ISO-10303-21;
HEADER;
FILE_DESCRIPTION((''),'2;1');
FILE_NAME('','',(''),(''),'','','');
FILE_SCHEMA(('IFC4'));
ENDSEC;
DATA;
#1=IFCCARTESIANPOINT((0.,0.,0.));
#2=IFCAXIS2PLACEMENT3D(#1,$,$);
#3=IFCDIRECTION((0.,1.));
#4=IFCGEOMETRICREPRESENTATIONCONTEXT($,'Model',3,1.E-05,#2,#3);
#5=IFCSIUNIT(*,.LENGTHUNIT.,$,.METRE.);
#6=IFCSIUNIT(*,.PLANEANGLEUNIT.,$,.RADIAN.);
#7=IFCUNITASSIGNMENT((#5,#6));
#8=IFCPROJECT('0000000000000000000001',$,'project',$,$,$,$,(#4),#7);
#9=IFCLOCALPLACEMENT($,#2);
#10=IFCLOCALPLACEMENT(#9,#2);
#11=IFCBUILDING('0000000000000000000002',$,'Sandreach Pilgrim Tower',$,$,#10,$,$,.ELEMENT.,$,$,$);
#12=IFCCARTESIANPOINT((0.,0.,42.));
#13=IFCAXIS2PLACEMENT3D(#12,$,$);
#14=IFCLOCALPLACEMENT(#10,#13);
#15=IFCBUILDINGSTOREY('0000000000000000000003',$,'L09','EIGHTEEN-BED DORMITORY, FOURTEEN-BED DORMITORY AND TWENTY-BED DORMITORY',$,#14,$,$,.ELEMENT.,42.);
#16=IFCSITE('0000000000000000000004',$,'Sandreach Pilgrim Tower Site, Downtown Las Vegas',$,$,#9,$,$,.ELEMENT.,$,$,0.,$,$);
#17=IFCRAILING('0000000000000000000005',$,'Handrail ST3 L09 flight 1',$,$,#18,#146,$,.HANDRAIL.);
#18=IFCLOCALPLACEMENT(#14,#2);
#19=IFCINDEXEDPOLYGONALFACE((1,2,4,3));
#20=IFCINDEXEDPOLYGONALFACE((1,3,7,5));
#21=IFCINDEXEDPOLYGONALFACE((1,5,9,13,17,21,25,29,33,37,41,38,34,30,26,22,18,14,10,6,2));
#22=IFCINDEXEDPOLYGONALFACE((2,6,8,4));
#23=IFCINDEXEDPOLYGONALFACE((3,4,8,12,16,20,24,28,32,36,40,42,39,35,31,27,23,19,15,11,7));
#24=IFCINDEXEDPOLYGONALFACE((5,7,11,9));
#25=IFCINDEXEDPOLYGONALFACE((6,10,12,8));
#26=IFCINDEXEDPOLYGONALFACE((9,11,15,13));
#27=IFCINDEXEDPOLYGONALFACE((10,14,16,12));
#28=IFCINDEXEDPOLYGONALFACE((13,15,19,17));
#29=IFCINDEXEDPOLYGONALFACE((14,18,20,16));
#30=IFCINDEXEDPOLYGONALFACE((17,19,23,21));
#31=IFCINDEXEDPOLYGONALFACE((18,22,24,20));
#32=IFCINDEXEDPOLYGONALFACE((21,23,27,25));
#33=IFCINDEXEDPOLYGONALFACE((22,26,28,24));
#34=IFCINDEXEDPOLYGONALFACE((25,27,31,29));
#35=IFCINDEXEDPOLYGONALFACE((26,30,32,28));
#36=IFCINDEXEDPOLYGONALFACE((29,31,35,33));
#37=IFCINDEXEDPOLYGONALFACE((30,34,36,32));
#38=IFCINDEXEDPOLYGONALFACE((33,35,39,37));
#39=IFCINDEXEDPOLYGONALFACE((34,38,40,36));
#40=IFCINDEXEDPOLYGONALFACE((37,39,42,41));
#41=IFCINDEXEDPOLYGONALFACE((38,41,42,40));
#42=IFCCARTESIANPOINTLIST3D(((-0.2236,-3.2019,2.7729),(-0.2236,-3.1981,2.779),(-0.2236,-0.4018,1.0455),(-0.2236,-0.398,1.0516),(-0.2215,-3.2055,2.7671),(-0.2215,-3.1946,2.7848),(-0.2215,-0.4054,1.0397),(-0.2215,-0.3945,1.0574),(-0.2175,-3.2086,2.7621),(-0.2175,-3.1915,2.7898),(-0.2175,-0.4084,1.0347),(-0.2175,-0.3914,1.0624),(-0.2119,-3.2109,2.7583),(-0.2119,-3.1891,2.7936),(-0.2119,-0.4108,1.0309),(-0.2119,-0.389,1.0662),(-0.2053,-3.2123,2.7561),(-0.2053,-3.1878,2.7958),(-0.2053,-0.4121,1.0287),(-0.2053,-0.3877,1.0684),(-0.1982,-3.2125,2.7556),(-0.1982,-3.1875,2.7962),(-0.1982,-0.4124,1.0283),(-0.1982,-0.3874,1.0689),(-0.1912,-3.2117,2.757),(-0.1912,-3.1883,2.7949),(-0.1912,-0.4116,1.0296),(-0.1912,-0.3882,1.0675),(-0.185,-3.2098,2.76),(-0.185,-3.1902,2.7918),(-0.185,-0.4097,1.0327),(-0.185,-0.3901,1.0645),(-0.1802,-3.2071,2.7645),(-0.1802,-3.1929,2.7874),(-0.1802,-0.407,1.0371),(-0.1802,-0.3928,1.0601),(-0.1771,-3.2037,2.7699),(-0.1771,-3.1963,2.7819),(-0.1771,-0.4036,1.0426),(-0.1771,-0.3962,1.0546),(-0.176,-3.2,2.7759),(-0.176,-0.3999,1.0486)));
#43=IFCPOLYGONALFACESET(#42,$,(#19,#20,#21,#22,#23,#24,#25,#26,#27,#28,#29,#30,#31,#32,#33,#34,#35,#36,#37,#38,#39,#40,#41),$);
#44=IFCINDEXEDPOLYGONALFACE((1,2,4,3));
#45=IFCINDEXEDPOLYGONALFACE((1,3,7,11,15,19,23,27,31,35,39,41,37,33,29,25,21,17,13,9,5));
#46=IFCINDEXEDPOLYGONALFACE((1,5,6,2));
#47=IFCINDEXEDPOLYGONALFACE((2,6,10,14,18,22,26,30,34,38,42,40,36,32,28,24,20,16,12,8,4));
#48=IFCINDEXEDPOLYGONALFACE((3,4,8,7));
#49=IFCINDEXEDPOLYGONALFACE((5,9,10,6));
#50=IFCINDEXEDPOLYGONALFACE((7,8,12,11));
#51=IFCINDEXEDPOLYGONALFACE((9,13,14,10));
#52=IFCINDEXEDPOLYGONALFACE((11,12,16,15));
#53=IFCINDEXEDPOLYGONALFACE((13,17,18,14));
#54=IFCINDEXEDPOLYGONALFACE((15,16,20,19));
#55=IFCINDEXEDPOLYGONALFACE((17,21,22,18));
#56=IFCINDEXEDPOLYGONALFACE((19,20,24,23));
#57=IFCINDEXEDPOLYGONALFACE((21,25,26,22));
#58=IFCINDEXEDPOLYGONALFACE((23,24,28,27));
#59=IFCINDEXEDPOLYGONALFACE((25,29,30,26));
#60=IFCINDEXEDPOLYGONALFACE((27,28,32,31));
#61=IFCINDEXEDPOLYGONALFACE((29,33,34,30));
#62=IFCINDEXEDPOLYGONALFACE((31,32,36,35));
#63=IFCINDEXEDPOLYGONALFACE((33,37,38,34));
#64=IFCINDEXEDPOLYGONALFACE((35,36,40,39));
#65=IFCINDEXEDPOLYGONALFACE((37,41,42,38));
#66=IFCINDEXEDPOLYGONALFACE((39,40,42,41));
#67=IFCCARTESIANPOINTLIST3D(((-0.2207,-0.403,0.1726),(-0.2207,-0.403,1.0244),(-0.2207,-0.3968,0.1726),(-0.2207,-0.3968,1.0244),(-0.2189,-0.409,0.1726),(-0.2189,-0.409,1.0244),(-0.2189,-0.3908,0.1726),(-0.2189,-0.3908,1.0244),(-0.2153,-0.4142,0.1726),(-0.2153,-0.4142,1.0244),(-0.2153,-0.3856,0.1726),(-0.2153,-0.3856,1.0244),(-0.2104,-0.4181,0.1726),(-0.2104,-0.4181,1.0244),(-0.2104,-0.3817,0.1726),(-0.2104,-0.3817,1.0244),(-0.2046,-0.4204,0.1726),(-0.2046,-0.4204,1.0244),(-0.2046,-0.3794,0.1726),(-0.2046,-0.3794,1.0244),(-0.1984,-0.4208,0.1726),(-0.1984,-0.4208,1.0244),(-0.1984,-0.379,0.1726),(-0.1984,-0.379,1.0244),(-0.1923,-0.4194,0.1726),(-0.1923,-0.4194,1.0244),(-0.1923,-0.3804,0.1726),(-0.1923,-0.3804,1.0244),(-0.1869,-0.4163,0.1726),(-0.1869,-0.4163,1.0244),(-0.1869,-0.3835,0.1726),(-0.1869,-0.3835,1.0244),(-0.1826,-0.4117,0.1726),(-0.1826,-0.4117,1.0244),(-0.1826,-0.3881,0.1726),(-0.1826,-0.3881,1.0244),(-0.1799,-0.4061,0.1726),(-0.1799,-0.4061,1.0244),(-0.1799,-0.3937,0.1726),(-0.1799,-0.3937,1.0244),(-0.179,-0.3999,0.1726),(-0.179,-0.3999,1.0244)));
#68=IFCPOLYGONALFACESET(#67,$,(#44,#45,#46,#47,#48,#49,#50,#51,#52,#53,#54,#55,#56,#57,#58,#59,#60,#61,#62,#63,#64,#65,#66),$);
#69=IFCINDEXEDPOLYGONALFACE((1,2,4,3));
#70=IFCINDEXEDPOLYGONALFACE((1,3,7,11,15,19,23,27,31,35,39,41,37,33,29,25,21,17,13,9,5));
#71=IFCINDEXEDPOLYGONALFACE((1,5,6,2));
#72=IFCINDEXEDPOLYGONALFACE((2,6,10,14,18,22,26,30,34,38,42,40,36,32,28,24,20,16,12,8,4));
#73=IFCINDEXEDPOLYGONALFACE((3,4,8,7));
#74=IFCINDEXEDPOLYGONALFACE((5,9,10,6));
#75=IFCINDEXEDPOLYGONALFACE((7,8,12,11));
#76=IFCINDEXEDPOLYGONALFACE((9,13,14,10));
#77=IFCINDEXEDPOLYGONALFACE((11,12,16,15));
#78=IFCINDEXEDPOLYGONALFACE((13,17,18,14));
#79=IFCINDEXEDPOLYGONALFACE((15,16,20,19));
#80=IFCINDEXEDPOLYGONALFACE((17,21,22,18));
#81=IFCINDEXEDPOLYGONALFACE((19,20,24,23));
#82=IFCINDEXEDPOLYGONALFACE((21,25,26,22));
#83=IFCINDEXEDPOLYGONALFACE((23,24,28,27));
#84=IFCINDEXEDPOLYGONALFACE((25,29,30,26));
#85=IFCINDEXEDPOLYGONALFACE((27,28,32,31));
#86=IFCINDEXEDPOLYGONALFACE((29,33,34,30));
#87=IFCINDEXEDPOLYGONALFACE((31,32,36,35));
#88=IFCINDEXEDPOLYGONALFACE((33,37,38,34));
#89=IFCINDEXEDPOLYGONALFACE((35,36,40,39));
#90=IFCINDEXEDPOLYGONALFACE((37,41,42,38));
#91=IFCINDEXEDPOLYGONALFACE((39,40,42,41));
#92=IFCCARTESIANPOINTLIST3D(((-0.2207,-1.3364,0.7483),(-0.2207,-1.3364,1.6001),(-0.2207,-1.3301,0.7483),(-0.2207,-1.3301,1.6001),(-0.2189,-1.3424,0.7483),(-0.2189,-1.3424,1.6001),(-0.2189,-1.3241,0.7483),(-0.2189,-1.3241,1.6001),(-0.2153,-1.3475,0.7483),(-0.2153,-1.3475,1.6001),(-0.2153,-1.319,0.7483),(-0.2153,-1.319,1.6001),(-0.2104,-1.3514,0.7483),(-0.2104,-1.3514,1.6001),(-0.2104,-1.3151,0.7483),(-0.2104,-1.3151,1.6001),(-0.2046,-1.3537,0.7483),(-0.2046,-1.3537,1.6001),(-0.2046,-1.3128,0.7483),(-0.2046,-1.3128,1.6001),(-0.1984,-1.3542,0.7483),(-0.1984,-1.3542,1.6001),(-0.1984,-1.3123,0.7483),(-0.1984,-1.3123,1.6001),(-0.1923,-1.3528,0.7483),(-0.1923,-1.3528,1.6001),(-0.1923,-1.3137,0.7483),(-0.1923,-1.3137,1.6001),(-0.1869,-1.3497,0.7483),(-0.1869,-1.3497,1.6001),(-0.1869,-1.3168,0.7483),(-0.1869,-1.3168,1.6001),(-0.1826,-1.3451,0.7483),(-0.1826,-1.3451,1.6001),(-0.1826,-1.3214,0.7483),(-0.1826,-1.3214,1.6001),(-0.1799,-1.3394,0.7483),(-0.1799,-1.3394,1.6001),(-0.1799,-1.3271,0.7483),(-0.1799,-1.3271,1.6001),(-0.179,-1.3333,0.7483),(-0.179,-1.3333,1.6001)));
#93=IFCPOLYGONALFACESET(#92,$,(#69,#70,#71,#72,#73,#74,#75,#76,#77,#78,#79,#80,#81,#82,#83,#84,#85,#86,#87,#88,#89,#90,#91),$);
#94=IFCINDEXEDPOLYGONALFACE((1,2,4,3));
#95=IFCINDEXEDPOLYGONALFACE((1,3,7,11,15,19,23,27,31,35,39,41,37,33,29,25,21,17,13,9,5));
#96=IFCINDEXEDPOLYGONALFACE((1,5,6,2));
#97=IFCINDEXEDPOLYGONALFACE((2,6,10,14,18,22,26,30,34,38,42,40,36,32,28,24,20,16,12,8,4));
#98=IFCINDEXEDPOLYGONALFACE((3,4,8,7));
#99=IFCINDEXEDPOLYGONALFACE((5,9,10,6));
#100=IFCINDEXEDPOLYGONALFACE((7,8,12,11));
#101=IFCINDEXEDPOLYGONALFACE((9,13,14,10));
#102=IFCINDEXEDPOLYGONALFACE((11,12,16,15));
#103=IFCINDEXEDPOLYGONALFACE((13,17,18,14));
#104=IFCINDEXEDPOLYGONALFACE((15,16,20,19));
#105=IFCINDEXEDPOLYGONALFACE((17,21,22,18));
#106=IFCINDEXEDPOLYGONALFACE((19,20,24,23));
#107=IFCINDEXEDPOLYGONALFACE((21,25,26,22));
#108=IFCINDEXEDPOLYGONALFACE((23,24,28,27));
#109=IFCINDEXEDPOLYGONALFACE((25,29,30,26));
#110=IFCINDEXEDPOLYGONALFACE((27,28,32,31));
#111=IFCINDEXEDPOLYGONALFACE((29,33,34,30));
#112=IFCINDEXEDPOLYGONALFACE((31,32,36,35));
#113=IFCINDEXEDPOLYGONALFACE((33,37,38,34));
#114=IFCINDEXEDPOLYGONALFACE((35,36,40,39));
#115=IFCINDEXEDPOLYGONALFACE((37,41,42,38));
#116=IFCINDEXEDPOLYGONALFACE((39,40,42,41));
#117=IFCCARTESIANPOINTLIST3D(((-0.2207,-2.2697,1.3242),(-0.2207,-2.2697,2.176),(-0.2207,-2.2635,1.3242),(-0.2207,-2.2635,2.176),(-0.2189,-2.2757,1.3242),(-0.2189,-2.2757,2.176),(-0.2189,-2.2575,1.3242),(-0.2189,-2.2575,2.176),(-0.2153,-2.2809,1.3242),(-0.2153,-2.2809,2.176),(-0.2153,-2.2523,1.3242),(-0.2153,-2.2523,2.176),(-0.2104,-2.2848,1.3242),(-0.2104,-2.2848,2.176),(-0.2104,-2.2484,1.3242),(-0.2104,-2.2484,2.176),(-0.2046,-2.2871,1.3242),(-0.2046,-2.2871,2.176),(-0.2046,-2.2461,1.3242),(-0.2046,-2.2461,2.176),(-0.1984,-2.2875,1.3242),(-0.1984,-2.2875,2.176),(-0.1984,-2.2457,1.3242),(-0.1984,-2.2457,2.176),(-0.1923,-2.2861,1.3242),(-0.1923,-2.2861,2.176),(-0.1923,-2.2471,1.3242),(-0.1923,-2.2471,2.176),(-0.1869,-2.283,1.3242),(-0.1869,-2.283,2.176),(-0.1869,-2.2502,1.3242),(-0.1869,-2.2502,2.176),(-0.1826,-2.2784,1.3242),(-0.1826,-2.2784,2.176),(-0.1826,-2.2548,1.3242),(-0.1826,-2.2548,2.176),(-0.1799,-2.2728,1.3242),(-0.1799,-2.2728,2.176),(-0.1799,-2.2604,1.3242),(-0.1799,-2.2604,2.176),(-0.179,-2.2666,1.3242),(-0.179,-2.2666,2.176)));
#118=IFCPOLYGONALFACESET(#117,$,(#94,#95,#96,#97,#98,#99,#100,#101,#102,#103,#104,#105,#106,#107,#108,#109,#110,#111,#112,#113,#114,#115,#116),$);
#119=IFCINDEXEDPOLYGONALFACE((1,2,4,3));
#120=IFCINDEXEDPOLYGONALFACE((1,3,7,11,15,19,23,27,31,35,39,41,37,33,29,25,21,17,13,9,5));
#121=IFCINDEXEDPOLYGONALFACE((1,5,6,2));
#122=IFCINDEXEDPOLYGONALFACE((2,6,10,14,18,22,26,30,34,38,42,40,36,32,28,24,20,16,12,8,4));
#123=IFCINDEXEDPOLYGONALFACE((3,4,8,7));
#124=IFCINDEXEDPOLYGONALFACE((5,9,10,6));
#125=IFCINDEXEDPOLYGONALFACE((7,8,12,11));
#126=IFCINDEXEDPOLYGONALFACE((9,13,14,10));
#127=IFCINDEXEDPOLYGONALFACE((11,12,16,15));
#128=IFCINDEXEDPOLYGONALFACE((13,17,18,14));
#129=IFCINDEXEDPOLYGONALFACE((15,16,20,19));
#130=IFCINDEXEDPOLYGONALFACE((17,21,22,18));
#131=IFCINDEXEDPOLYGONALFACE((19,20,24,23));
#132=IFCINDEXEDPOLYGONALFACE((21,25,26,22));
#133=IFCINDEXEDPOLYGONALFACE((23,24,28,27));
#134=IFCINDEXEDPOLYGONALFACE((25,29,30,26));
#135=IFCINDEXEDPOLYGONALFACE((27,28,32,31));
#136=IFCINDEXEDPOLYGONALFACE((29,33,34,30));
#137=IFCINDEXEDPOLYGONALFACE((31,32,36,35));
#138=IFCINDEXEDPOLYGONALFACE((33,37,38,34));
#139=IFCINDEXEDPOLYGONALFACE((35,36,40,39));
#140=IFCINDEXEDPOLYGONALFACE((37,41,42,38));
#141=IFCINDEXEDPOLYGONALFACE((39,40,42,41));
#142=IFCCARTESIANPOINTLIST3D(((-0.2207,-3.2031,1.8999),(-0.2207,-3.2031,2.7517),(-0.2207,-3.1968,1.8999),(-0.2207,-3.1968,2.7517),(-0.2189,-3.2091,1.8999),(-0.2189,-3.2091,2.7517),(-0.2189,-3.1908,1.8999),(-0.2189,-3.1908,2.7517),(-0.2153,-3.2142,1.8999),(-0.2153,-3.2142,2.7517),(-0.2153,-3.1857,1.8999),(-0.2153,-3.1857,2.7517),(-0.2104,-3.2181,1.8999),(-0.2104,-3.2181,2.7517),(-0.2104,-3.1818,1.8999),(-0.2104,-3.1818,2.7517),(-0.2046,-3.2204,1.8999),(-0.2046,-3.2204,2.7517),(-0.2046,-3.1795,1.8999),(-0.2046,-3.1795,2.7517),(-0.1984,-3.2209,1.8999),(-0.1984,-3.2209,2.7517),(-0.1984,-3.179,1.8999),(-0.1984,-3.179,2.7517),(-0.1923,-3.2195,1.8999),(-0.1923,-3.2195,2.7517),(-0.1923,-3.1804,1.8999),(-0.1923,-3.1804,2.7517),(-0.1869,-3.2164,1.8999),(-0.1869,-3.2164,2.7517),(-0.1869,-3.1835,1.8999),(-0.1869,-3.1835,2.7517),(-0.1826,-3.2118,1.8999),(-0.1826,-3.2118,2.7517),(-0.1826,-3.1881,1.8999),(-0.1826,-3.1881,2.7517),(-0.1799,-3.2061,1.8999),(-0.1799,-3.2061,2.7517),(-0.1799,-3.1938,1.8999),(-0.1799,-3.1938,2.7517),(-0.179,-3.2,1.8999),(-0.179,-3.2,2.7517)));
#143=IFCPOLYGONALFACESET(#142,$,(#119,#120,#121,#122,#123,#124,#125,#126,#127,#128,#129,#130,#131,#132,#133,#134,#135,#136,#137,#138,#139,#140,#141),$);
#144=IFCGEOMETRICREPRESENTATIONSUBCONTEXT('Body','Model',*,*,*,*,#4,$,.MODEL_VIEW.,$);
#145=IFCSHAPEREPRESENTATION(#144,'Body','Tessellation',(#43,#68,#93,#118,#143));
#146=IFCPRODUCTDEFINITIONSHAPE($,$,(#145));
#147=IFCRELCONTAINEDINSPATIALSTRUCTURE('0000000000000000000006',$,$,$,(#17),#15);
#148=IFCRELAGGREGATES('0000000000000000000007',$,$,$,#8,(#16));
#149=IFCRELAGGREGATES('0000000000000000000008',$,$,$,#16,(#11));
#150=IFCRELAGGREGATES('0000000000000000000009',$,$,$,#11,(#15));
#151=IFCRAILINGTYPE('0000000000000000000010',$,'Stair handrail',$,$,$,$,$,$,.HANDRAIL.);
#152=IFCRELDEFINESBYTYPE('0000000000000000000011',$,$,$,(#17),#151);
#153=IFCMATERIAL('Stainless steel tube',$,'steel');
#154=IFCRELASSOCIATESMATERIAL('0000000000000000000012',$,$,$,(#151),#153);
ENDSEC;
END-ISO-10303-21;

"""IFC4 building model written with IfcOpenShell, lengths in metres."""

from ifc_helpers import new_model, si_unit, direction, frame, origin, origin_2d, place, context, subcontext, project, spatial, circle, extrude, material, type_object, element, save


model = new_model("IFC4")

# Units and contexts
model_context = context("Model", 3, precision=1e-05, world=origin(), true_north=direction((0.0, 1.0)))
body_context = subcontext(model_context, "Body", "Model", "MODEL_VIEW")
ifc_project = project(units=[si_unit("LENGTHUNIT", "METRE"), si_unit("PLANEANGLEUNIT", "RADIAN")], contexts=[model_context])

# Site, building, storey
site_placement = place(None, origin())
site = spatial("IfcSite", under=ifc_project, at=site_placement, Name="Sandreach Pilgrim Tower Site, Downtown Las Vegas", CompositionType="ELEMENT", RefElevation=0.0)
building_placement = place(site_placement, origin())
building = spatial("IfcBuilding", under=site, at=building_placement, Name="Sandreach Pilgrim Tower", CompositionType="ELEMENT")
storey_placement = place(building_placement, frame((0.0, 0.0, 42.0)))
storey = spatial("IfcBuildingStorey", under=building, at=storey_placement, Name="L09", Description="EIGHTEEN-BED DORMITORY, FOURTEEN-BED DORMITORY AND TWENTY-BED DORMITORY", CompositionType="ELEMENT", Elevation=42.0)

# Railing
ifc_material_1 = material(Name="Stainless steel tube", Category="steel")
railing_type = type_object("IfcRailingType", Name="Stair handrail", PredefinedType="HANDRAIL", material=ifc_material_1)
for number, where, name in (
    (1, (-0.2, -0.3999, 0.1726), "Handrail ST3 L09 flight 1"),
):
    element("IfcRailing", number, at=place(storey_placement, frame(where)), inside=storey, type_object=railing_type, Name=name, PredefinedType="HANDRAIL", context=body_context, shape_type="SweptSolid", body=[
        extrude(circle(Radius=0.0239, at=origin_2d()), frame((0.0, 0.0, 0.876), z_axis=(0.0, -0.85109, 0.52502), x_axis=(1.0, 0.0, 0.0)), (0.0, 0.0, 1.0), 3.29),
        extrude(circle(Radius=0.021, at=origin_2d()), origin(), (0.0, 0.0, 1.0), 0.8518),
        extrude(circle(Radius=0.021, at=origin_2d()), frame((0.0, -0.9333, 0.5757)), (0.0, 0.0, 1.0), 0.8518),
        extrude(circle(Radius=0.021, at=origin_2d()), frame((0.0, -1.8667, 1.1516)), (0.0, 0.0, 1.0), 0.8518),
        extrude(circle(Radius=0.021, at=origin_2d()), frame((0.0, -2.8, 1.7273)), (0.0, 0.0, 1.0), 0.8518),
    ])

save(model, "model.ifc")
